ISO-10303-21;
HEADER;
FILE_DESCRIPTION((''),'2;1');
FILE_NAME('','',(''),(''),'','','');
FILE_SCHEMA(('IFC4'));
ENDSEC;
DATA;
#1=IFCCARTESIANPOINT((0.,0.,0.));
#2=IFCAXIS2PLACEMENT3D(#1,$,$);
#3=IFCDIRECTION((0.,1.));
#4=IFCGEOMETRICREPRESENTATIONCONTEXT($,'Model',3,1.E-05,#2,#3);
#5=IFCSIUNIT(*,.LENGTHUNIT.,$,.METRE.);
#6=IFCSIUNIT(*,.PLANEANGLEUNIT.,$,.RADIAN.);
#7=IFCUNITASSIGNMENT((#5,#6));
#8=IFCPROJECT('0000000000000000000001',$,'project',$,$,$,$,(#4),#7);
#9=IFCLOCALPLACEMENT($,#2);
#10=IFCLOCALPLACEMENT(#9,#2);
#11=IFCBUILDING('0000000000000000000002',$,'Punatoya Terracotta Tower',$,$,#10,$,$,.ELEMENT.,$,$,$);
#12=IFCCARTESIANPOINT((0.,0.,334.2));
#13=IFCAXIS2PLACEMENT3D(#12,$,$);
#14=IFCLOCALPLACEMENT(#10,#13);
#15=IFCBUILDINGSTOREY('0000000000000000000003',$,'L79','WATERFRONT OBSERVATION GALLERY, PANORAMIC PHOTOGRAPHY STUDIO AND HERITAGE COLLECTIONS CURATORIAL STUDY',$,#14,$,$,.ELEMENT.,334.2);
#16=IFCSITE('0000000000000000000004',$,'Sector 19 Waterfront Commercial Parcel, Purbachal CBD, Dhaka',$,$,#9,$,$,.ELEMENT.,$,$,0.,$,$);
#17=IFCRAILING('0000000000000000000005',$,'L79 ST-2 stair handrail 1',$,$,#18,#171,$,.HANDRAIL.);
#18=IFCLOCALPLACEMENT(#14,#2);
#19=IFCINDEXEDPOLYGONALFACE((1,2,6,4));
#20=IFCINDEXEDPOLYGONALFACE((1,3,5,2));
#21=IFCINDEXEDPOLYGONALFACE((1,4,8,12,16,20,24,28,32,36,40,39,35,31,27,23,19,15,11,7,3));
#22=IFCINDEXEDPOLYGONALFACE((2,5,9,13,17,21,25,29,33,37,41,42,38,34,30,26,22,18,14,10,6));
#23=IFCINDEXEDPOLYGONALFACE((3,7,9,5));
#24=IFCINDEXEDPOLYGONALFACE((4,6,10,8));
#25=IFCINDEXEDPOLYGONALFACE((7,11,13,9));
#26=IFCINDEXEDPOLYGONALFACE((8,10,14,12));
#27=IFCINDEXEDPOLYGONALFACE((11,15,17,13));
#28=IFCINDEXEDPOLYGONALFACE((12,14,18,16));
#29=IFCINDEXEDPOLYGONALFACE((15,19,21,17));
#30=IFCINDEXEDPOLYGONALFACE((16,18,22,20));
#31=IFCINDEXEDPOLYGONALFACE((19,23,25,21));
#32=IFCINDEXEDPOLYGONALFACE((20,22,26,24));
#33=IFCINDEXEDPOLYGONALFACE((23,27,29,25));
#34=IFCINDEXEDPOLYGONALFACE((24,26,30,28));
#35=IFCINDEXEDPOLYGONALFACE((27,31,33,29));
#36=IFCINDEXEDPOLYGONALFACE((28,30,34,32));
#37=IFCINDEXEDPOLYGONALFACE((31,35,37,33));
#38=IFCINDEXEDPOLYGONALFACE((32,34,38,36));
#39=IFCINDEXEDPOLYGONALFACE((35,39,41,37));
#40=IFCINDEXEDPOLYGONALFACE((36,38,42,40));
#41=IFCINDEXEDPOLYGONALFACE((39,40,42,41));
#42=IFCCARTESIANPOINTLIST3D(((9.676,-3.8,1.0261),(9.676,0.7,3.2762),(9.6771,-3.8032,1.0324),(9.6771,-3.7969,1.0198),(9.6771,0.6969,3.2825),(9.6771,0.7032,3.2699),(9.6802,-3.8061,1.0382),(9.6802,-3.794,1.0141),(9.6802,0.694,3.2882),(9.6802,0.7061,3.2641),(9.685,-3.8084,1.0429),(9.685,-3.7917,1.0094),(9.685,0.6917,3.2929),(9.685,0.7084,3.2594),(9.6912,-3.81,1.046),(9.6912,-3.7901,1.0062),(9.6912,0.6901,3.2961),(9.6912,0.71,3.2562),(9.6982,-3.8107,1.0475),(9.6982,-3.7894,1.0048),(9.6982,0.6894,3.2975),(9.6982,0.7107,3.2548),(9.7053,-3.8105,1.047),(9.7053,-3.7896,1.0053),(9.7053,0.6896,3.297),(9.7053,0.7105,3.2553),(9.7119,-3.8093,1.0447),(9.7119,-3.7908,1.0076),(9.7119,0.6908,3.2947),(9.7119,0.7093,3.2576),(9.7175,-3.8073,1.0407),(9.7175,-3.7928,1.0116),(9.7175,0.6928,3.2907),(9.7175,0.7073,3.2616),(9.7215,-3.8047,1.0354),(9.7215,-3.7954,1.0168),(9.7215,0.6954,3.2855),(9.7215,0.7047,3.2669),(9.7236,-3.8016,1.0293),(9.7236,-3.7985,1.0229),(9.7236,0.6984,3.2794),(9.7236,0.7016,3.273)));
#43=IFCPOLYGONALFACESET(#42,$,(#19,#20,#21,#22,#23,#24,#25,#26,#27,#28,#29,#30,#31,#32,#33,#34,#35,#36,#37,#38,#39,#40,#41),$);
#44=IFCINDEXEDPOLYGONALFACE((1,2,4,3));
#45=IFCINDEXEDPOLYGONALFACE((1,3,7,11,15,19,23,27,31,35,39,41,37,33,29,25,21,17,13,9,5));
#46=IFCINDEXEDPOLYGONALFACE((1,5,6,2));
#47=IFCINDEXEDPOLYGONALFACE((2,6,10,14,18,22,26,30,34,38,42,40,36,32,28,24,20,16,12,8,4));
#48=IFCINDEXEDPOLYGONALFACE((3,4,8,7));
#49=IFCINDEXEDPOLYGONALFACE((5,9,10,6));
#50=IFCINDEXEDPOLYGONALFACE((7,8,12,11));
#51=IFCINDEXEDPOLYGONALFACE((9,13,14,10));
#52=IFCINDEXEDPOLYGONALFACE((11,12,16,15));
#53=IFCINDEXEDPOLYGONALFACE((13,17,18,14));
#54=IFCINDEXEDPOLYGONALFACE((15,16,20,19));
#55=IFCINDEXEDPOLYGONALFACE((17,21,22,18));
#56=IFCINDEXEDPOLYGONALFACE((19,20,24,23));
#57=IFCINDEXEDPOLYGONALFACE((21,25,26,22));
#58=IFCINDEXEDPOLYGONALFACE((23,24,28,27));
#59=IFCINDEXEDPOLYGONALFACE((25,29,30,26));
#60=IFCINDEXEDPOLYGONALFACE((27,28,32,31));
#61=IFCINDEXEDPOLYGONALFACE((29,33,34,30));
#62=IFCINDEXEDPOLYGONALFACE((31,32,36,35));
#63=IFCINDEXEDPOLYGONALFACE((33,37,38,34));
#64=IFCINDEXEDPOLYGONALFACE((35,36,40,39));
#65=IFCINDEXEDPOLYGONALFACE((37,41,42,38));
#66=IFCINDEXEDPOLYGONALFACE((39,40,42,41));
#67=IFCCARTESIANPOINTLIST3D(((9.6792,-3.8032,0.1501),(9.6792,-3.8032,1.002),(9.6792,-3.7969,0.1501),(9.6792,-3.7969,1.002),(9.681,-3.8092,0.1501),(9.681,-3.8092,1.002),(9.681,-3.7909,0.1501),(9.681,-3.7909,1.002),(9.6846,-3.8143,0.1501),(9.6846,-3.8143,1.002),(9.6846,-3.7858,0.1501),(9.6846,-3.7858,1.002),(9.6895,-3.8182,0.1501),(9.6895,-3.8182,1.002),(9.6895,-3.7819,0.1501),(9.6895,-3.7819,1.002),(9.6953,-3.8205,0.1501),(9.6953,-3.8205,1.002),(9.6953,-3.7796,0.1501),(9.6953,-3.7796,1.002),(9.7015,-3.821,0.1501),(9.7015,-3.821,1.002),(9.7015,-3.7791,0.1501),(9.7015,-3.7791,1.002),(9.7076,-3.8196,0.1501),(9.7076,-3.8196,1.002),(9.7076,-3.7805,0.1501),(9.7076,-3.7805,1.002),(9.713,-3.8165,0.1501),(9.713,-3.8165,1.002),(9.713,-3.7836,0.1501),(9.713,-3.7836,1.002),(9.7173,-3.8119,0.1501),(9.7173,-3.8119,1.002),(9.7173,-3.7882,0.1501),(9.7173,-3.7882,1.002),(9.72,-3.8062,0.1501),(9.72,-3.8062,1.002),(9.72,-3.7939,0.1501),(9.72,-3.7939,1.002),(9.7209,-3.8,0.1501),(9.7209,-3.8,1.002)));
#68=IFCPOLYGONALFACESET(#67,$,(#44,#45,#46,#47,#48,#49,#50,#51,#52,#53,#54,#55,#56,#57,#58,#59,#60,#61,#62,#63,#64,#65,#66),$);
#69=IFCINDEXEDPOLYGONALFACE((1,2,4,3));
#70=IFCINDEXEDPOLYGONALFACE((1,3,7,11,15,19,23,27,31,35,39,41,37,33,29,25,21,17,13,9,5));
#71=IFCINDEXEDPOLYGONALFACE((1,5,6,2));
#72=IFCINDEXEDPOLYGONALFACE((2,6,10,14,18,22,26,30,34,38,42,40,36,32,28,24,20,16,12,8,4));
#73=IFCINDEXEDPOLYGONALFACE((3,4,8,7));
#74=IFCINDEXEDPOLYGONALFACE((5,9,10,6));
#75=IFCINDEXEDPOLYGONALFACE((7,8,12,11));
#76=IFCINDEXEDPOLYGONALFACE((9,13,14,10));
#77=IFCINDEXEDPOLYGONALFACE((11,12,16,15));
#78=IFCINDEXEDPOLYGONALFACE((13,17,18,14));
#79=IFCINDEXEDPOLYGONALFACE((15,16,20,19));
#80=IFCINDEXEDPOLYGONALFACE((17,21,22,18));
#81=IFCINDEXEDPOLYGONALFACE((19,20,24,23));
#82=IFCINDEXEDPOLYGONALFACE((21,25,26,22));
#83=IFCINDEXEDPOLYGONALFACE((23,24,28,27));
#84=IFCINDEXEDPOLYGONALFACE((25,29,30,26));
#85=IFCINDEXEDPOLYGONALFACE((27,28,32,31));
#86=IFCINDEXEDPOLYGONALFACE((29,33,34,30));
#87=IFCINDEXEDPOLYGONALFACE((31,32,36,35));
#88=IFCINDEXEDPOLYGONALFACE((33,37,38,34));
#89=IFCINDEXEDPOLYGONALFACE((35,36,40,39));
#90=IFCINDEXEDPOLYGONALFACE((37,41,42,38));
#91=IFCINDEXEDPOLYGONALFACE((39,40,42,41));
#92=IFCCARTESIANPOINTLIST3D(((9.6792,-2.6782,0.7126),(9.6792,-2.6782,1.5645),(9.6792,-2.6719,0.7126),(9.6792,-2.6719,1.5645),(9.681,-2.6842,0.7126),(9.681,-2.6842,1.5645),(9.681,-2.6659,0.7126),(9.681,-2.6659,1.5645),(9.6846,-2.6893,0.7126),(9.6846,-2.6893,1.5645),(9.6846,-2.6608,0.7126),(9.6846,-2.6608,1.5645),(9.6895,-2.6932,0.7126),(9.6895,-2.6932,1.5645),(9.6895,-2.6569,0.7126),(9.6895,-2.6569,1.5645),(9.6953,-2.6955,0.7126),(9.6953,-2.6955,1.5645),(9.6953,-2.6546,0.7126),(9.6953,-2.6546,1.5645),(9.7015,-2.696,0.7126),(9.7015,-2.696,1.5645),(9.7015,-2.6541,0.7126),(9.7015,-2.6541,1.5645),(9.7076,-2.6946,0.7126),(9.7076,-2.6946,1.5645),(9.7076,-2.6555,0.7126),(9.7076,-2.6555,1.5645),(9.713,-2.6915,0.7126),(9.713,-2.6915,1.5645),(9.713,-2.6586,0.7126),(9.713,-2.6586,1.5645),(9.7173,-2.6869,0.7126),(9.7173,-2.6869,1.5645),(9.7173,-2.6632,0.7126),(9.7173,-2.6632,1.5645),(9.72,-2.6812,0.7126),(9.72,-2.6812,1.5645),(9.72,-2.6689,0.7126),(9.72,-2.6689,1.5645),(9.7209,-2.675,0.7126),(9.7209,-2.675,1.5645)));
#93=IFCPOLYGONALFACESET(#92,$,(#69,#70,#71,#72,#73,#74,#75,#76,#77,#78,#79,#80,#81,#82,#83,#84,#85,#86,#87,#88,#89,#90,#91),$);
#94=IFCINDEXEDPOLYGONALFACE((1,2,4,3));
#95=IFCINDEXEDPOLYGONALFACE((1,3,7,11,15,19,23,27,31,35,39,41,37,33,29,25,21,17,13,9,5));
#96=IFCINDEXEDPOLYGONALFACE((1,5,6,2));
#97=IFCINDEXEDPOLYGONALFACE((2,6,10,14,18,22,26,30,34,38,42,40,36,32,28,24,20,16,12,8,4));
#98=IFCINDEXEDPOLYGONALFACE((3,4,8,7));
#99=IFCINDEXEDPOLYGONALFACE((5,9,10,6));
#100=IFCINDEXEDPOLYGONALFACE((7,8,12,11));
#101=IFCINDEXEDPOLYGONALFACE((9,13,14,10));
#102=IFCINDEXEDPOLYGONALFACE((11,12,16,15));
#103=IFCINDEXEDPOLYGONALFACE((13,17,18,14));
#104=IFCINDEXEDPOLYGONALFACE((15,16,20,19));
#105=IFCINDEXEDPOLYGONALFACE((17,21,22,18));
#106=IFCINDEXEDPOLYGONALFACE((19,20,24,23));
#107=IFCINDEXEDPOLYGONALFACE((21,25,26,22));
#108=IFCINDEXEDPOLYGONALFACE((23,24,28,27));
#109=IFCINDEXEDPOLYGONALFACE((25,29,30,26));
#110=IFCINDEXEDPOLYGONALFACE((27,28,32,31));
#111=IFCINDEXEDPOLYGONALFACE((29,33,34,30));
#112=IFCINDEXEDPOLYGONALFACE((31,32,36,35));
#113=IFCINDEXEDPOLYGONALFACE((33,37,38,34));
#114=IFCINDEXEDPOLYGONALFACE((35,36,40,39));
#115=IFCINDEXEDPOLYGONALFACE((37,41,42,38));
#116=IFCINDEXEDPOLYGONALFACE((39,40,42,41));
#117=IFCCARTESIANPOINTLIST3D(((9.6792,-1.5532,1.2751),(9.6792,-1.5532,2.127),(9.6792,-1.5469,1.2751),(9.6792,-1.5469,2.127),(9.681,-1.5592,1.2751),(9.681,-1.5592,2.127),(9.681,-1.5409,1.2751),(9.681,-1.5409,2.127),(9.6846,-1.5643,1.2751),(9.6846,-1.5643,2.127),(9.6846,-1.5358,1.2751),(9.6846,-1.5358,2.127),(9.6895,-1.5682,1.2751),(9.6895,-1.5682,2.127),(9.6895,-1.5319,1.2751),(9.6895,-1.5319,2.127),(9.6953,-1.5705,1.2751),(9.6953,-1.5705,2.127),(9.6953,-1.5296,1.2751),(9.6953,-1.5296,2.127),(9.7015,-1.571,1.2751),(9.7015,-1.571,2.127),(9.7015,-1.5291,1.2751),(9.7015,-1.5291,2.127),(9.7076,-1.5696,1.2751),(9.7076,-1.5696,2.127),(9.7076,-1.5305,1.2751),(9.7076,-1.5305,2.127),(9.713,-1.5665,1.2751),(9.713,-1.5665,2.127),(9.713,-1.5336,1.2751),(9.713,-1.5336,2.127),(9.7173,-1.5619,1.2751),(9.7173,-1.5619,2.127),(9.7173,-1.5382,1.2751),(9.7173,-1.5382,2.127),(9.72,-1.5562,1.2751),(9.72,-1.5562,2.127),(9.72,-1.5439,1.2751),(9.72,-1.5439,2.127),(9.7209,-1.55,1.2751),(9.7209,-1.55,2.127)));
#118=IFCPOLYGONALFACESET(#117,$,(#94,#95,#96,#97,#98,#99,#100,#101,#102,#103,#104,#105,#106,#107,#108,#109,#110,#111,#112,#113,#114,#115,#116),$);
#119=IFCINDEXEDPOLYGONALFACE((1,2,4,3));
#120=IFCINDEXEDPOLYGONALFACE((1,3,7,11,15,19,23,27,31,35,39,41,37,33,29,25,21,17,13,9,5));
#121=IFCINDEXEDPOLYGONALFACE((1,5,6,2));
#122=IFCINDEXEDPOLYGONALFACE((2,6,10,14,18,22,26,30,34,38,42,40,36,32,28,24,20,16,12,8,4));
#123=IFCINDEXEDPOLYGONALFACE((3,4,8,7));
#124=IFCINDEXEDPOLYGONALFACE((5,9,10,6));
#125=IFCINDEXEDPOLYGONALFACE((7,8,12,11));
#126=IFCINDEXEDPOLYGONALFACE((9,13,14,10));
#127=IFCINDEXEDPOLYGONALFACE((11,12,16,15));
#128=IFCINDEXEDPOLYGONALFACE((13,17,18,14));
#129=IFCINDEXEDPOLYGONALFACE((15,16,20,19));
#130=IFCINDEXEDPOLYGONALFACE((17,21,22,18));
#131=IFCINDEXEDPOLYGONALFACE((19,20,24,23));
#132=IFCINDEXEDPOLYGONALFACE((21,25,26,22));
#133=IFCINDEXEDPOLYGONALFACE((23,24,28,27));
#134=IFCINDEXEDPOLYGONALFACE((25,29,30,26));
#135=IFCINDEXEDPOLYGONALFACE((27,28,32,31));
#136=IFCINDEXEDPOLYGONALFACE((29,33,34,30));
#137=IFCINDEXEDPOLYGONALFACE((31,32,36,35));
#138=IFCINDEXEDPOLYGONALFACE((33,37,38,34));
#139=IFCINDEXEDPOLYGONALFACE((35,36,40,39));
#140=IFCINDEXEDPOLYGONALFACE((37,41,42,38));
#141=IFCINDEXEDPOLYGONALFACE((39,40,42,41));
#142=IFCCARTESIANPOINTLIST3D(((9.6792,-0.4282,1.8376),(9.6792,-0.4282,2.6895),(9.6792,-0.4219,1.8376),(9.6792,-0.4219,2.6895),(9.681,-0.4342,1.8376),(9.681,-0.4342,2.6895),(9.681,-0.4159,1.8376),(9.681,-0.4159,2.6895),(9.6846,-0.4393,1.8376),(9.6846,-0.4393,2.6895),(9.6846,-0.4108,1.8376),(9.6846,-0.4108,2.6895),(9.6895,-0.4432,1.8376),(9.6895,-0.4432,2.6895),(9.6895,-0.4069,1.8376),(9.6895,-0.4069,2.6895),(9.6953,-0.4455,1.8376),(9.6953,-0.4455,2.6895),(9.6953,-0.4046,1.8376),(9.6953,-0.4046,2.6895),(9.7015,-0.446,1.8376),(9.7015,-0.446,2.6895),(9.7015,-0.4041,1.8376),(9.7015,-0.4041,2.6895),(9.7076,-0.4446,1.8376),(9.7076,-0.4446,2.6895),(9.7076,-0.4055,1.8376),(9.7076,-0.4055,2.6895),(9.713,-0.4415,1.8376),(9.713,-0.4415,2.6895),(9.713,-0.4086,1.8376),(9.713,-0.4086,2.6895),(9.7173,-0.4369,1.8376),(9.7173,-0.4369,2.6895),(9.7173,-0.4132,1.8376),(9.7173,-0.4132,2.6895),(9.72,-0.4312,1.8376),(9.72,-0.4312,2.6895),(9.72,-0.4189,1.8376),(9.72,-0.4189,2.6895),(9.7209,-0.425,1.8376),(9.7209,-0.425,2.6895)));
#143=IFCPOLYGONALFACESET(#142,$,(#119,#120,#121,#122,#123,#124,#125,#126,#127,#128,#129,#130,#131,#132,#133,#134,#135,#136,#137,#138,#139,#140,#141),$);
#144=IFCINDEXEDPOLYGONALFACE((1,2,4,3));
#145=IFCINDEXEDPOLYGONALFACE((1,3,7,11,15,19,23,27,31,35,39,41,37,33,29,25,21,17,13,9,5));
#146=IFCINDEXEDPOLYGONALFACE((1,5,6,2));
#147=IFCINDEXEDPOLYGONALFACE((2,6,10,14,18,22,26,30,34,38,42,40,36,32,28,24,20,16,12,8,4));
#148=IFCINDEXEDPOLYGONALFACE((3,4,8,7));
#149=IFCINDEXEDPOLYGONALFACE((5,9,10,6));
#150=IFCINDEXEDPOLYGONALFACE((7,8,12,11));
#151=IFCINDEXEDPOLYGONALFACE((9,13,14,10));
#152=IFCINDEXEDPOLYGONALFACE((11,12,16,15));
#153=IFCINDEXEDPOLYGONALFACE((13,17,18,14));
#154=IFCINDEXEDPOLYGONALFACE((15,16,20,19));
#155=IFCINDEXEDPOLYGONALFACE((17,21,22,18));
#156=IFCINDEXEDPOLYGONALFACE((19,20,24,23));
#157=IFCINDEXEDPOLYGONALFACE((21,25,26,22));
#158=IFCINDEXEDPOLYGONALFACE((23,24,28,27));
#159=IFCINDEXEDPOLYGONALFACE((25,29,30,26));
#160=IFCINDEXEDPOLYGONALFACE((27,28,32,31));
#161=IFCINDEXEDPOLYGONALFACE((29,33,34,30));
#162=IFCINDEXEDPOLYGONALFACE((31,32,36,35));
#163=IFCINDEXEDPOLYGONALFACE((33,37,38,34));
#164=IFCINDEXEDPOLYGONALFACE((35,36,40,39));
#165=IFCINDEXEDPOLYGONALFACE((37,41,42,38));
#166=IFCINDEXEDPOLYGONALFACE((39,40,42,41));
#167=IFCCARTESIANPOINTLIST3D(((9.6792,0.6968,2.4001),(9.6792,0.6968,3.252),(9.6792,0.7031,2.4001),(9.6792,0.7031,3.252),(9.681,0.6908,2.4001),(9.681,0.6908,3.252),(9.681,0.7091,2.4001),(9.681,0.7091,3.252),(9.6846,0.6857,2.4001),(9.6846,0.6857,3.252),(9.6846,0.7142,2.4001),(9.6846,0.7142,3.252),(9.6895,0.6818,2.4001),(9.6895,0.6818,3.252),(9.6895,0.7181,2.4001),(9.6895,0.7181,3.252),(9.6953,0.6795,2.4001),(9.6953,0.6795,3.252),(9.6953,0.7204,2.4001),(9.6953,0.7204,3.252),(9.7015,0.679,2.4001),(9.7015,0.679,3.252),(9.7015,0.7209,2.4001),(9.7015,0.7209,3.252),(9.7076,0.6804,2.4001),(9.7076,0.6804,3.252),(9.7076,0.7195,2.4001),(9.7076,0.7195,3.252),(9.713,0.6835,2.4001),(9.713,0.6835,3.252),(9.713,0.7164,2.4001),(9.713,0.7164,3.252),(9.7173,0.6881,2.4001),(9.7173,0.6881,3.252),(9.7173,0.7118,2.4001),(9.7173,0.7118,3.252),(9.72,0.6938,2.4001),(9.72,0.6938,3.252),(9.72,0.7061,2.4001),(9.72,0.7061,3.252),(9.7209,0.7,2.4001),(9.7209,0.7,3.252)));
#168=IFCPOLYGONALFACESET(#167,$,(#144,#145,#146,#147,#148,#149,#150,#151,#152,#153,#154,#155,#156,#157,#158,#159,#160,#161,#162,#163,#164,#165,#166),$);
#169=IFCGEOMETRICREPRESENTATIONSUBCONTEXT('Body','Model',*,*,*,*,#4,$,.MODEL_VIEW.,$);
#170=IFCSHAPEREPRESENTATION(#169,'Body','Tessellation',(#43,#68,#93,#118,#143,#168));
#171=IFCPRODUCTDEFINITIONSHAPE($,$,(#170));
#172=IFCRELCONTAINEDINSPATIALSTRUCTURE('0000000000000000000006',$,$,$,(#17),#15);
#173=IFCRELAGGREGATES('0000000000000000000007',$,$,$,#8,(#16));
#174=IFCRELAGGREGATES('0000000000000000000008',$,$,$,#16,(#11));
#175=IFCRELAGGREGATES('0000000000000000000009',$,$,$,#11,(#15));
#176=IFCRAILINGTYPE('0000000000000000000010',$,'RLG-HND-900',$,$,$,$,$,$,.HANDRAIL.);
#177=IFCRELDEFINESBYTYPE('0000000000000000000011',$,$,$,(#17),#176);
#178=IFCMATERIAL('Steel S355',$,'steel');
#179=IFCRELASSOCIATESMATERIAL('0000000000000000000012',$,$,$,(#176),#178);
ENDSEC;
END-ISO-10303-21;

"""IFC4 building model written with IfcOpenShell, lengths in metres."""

from ifc_helpers import new_model, si_unit, direction, frame, origin, origin_2d, place, context, subcontext, project, spatial, circle, extrude, material, type_object, element, save


model = new_model("IFC4")

# Units and contexts
model_context = context("Model", 3, precision=1e-05, world=origin(), true_north=direction((0.0, 1.0)))
body_context = subcontext(model_context, "Body", "Model", "MODEL_VIEW")
ifc_project = project(units=[si_unit("LENGTHUNIT", "METRE"), si_unit("PLANEANGLEUNIT", "RADIAN")], contexts=[model_context])

# Site, building, storey
site_placement = place(None, origin())
site = spatial("IfcSite", under=ifc_project, at=site_placement, Name="Sector 19 Waterfront Commercial Parcel, Purbachal CBD, Dhaka", CompositionType="ELEMENT", RefElevation=0.0)
building_placement = place(site_placement, origin())
building = spatial("IfcBuilding", under=site, at=building_placement, Name="Punatoya Terracotta Tower", CompositionType="ELEMENT")
storey_placement = place(building_placement, frame((0.0, 0.0, 334.2)))
storey = spatial("IfcBuildingStorey", under=building, at=storey_placement, Name="L79", Description="WATERFRONT OBSERVATION GALLERY, PANORAMIC PHOTOGRAPHY STUDIO AND HERITAGE COLLECTIONS CURATORIAL STUDY", CompositionType="ELEMENT", Elevation=334.2)

# Shared definitions
ifc_material_1 = material(Name="Steel S355", Category="steel")

# Railing
railing_type_1 = type_object("IfcRailingType", Name="RLG-HND-900", PredefinedType="HANDRAIL", material=ifc_material_1)
railing_1_placement = place(storey_placement, frame((9.7, -3.8, 0.1501)))
element("IfcRailing", 1, at=railing_1_placement, inside=storey, type_object=railing_type_1, Name="L79 ST-2 stair handrail 1", PredefinedType="HANDRAIL", context=body_context, shape_type="SweptSolid", body=[
    extrude(circle(Radius=0.0239, at=origin_2d()), frame((0.0, 0.0, 0.876), z_axis=(0.0, 0.894427, 0.447214), x_axis=(-1.0, 0.0, 0.0)), (0.0, 0.0, 1.0), 5.0312),
    extrude(circle(Radius=0.021, at=origin_2d()), origin(), (0.0, 0.0, 1.0), 0.8518),
    extrude(circle(Radius=0.021, at=origin_2d()), frame((0.0, 1.125, 0.5625)), (0.0, 0.0, 1.0), 0.8518),
    extrude(circle(Radius=0.021, at=origin_2d()), frame((0.0, 2.25, 1.125)), (0.0, 0.0, 1.0), 0.8518),
    extrude(circle(Radius=0.021, at=origin_2d()), frame((0.0, 3.375, 1.6875)), (0.0, 0.0, 1.0), 0.8518),
    extrude(circle(Radius=0.021, at=origin_2d()), frame((0.0, 4.5, 2.25)), (0.0, 0.0, 1.0), 0.8518),
])

save(model, "model.ifc")
